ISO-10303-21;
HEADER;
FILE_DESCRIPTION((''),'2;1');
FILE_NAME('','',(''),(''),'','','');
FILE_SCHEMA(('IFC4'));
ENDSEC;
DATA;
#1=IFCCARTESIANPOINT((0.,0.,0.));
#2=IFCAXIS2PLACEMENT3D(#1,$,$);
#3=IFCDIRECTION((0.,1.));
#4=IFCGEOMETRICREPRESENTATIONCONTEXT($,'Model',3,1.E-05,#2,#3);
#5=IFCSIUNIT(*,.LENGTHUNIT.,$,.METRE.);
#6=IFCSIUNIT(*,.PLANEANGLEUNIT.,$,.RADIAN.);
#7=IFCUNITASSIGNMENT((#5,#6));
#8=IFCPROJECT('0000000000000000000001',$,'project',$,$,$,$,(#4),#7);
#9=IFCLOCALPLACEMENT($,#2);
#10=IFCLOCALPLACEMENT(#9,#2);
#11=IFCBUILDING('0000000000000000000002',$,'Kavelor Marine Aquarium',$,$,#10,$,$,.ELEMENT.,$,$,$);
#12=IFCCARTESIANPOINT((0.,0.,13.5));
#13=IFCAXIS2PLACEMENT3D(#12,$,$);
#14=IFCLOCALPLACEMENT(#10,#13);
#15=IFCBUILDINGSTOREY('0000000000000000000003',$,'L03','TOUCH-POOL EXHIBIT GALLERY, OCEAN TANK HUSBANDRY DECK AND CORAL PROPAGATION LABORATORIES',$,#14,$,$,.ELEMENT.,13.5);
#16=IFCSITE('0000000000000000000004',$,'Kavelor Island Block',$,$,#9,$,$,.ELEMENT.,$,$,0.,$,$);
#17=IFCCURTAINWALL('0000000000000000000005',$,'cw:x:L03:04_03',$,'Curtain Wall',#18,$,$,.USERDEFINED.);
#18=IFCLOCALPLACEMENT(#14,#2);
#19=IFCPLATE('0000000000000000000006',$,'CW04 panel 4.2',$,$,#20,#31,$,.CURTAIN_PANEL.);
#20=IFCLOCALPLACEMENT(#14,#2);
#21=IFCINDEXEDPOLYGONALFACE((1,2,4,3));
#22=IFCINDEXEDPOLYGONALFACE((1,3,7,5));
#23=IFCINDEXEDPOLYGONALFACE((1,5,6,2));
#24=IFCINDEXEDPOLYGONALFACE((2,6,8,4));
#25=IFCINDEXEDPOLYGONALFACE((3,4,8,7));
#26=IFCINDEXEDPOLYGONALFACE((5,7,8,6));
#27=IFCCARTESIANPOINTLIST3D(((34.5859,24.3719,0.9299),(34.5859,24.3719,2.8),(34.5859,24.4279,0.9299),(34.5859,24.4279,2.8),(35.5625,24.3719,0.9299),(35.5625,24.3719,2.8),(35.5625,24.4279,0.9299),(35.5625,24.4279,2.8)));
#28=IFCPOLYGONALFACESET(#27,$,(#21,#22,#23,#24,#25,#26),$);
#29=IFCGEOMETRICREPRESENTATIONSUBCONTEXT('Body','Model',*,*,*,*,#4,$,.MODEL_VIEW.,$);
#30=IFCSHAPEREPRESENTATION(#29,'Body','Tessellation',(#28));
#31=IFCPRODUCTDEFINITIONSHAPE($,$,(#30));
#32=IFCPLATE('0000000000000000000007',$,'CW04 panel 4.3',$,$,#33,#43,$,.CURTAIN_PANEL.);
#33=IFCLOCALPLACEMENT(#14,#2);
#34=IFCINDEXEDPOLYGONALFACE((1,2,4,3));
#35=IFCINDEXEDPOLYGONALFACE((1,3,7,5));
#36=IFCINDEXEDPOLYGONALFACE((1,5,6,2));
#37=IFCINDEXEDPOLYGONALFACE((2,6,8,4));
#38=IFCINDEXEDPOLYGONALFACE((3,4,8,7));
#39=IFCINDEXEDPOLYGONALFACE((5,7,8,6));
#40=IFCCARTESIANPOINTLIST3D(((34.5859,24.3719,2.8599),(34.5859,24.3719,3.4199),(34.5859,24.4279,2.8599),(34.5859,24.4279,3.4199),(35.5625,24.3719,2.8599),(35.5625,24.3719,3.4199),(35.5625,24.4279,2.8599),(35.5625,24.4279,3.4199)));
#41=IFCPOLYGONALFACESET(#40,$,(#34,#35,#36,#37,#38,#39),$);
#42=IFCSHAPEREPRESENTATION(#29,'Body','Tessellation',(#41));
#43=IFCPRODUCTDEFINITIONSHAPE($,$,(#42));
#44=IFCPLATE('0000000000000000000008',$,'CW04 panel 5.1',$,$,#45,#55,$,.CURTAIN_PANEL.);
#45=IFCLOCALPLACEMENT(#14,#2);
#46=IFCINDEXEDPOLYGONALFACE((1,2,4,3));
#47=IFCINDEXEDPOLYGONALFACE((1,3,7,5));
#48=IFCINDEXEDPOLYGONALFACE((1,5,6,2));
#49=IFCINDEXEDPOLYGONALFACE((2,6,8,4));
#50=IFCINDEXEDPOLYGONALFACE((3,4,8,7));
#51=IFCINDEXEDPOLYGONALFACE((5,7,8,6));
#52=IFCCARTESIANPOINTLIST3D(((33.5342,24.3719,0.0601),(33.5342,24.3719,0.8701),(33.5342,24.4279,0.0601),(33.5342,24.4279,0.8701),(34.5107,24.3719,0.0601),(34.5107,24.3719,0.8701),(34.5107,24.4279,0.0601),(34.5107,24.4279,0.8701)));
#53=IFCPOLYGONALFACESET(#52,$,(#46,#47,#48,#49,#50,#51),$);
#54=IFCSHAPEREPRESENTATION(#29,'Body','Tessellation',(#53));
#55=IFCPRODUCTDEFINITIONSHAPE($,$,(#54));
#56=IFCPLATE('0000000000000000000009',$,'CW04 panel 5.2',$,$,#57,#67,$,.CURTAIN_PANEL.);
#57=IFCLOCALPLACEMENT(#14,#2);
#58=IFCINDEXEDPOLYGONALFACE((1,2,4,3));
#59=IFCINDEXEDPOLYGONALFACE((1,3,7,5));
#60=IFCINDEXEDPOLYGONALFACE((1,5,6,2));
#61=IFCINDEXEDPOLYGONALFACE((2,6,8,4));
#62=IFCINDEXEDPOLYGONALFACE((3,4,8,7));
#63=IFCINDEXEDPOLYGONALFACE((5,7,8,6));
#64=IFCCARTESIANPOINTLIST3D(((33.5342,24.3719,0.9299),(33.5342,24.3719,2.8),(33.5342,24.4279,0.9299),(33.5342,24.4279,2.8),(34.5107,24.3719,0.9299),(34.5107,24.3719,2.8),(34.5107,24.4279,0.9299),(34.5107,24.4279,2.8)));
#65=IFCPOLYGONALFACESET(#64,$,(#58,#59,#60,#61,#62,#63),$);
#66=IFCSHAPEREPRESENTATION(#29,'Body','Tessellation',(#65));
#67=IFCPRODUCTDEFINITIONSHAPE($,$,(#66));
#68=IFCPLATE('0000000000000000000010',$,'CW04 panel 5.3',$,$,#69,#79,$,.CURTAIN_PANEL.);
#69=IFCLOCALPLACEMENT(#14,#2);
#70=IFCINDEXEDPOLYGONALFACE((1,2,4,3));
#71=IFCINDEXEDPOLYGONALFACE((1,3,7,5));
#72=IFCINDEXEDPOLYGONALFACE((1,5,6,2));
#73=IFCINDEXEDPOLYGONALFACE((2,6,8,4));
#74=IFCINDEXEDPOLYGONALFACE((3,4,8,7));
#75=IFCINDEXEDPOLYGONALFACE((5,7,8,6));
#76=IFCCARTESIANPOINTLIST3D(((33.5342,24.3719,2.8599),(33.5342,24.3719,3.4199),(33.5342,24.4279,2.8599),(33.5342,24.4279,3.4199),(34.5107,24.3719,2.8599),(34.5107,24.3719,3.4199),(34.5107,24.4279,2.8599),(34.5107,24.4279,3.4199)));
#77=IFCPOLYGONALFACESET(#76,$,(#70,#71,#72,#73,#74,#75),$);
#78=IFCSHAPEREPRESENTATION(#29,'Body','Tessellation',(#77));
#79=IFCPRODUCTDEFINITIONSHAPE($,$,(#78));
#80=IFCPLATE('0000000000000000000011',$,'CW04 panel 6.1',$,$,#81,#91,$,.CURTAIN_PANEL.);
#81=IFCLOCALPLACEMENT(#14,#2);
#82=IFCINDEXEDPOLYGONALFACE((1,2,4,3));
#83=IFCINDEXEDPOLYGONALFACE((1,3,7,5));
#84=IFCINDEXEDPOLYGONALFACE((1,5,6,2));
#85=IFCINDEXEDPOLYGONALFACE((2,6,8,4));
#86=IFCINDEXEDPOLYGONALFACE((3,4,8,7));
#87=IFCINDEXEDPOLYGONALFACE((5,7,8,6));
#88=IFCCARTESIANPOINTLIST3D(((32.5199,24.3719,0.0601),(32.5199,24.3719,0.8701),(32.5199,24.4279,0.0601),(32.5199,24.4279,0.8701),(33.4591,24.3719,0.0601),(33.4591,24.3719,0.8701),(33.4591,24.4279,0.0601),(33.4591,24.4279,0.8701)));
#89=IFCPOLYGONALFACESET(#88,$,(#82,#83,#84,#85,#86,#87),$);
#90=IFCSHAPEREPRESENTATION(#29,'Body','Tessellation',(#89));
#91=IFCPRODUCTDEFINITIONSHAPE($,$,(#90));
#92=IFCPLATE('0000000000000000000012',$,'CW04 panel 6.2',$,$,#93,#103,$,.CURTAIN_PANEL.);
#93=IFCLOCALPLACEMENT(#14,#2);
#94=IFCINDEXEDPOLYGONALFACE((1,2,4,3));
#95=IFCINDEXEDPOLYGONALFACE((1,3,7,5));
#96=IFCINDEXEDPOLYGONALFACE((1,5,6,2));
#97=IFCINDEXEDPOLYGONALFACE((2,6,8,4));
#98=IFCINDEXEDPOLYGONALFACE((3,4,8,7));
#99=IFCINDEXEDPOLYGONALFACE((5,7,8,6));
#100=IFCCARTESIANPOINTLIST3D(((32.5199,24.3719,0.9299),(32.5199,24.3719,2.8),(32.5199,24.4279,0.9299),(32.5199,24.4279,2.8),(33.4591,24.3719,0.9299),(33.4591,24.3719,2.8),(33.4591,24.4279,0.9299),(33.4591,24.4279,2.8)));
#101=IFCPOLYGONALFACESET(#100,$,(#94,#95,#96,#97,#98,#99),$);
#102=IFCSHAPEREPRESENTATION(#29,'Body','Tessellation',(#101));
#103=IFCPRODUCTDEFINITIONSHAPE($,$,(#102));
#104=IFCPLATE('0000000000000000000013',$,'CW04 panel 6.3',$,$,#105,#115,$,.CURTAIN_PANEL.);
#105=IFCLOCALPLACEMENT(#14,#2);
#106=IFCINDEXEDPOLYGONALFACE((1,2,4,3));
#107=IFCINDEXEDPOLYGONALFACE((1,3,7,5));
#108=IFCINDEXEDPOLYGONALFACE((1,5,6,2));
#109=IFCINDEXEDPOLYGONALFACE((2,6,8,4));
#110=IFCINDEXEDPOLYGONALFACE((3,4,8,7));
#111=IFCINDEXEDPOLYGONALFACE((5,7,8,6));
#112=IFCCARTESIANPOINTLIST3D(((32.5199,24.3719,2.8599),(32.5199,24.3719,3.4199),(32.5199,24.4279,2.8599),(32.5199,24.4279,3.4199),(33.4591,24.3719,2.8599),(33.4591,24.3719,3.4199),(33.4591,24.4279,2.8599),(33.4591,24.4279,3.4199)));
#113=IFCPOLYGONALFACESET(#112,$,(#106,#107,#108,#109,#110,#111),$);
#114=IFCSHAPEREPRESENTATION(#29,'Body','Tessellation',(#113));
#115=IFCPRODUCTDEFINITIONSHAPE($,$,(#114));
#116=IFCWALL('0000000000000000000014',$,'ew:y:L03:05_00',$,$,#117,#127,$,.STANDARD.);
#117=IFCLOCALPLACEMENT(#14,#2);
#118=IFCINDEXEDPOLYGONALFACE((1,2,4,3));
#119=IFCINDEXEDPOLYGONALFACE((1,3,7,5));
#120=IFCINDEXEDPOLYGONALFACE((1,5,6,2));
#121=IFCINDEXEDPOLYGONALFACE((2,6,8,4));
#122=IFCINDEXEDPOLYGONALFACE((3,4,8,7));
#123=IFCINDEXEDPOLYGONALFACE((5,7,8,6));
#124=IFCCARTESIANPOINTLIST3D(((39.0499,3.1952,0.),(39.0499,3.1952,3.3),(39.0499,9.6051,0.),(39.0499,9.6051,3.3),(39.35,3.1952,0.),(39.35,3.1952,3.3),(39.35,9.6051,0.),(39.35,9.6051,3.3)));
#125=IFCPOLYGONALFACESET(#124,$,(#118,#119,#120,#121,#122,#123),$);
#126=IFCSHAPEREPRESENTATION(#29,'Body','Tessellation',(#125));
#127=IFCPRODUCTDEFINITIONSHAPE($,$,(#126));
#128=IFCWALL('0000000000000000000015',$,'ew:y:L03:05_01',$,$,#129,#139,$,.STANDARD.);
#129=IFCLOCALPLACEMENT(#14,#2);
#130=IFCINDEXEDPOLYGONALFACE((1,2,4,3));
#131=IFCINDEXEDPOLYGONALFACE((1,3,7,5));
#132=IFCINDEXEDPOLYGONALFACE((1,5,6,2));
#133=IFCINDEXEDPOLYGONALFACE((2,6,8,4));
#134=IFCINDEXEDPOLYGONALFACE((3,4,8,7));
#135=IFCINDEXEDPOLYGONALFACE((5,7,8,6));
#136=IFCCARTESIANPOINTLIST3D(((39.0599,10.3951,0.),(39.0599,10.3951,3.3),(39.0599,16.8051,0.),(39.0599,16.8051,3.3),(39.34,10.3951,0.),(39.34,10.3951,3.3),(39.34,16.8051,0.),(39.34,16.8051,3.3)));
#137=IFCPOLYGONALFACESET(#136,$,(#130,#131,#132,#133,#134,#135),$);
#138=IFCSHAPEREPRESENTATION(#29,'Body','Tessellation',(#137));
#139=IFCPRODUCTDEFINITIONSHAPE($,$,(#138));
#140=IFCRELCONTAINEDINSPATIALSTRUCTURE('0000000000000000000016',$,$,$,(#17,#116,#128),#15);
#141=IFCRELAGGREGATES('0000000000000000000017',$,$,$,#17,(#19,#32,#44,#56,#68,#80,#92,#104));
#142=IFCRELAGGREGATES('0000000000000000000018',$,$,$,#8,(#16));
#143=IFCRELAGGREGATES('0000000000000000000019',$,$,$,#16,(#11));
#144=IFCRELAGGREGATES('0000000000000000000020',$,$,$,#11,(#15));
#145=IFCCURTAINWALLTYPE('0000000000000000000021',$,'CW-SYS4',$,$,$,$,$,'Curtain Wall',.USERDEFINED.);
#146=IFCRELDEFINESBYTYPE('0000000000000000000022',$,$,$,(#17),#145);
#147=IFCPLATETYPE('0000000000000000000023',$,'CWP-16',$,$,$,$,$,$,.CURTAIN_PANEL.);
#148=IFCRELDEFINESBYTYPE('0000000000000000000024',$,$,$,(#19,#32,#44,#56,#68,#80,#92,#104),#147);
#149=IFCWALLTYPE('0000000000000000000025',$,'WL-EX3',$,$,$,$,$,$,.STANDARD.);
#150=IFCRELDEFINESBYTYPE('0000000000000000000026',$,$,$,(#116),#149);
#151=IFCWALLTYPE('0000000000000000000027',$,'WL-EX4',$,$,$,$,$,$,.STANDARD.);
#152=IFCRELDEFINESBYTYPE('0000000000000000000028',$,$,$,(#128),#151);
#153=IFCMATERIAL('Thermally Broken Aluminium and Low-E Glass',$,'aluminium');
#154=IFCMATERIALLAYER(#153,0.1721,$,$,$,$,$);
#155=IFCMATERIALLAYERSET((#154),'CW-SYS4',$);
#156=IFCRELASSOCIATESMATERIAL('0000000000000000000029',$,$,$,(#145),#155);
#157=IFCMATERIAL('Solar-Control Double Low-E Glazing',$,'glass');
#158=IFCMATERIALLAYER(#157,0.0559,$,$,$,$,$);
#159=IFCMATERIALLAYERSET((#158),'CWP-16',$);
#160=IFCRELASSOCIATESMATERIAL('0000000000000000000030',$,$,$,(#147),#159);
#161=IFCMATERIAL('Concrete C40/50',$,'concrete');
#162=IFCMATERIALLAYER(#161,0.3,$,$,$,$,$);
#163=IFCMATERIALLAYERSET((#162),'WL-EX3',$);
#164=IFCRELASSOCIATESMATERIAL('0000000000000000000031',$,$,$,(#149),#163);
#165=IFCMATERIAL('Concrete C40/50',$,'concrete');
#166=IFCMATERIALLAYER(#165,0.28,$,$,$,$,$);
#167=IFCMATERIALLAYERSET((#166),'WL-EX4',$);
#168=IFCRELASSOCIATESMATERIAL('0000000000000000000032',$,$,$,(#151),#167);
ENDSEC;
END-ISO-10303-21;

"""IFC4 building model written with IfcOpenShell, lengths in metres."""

from ifc_helpers import new_model, si_unit, direction, frame, frame_2d, origin, origin_2d, place, context, subcontext, project, spatial, rectangle, extrude, material, layer, layer_set, type_object, element, aggregate, save


model = new_model("IFC4")

# Units and contexts
model_context = context("Model", 3, precision=1e-05, world=origin(), true_north=direction((0.0, 1.0)))
body_context = subcontext(model_context, "Body", "Model", "MODEL_VIEW")
ifc_project = project(units=[si_unit("LENGTHUNIT", "METRE"), si_unit("PLANEANGLEUNIT", "RADIAN")], contexts=[model_context])

# Site, building, storey
site_placement = place(None, origin())
site = spatial("IfcSite", under=ifc_project, at=site_placement, Name="Kavelor Island Block", CompositionType="ELEMENT", RefElevation=0.0)
building_placement = place(site_placement, origin())
building = spatial("IfcBuilding", under=site, at=building_placement, Name="Kavelor Marine Aquarium", CompositionType="ELEMENT")
storey_placement = place(building_placement, frame((0.0, 0.0, 13.5)))
storey = spatial("IfcBuildingStorey", under=building, at=storey_placement, Name="L03", Description="TOUCH-POOL EXHIBIT GALLERY, OCEAN TANK HUSBANDRY DECK AND CORAL PROPAGATION LABORATORIES", CompositionType="ELEMENT", Elevation=13.5)

# Curtain wall
ifc_material_1 = material(Name="Thermally Broken Aluminium and Low-E Glass", Category="aluminium")
ifc_layer_1 = layer(ifc_material_1, 0.1721)
ifc_layer_set_1 = layer_set([ifc_layer_1], Name="CW-SYS4")
curtain_wall_type_1 = type_object("IfcCurtainWallType", Name="CW-SYS4", ElementType="Curtain Wall", PredefinedType="USERDEFINED", material=ifc_layer_set_1)
curtain_wall_1_placement = place(storey_placement, origin())
curtain_wall_1 = element("IfcCurtainWall", 1, at=curtain_wall_1_placement, inside=storey, type_object=curtain_wall_type_1, Name="cw:x:L03:04_03", ObjectType="Curtain Wall", PredefinedType="USERDEFINED")

# Plates
ifc_material_2 = material(Name="Solar-Control Double Low-E Glazing", Category="glass")
ifc_layer_2 = layer(ifc_material_2, 0.0559)
ifc_layer_set_2 = layer_set([ifc_layer_2], Name="CWP-16")
plate_type_1 = type_object("IfcPlateType", Name="CWP-16", PredefinedType="CURTAIN_PANEL", material=ifc_layer_set_2)
plate_1_placement = place(storey_placement, frame((35.0742, 24.3999, 0.9299), z_axis=(0.0, 0.0, 1.0), x_axis=(-1.0, 0.0, 0.0)))
plate_1 = element("IfcPlate", 2, at=plate_1_placement, type_object=plate_type_1, Name="CW04 panel 4.2", PredefinedType="CURTAIN_PANEL", context=body_context, shape_type="SweptSolid", body=[
    extrude(rectangle(XDim=0.9766, YDim=0.0559, at=origin_2d()), origin(), (0.0, 0.0, 1.0), 1.8701),
])
plate_2_placement = place(storey_placement, frame((35.0742, 24.3999, 2.8599), z_axis=(0.0, 0.0, 1.0), x_axis=(-1.0, 0.0, 0.0)))
plate_2 = element("IfcPlate", 3, at=plate_2_placement, type_object=plate_type_1, Name="CW04 panel 4.3", PredefinedType="CURTAIN_PANEL", context=body_context, shape_type="SweptSolid", body=[
    extrude(rectangle(XDim=0.9766, YDim=0.0559, at=origin_2d()), origin(), (0.0, 0.0, 1.0), 0.5601),
])
plate_3_placement = place(storey_placement, frame((34.0225, 24.3999, 0.0601), z_axis=(0.0, 0.0, 1.0), x_axis=(-1.0, 0.0, 0.0)))
plate_3 = element("IfcPlate", 4, at=plate_3_placement, type_object=plate_type_1, Name="CW04 panel 5.1", PredefinedType="CURTAIN_PANEL", context=body_context, shape_type="SweptSolid", body=[
    extrude(rectangle(XDim=0.9766, YDim=0.0559, at=origin_2d()), origin(), (0.0, 0.0, 1.0), 0.8101),
])
plate_4_placement = place(storey_placement, frame((34.0225, 24.3999, 0.9299), z_axis=(0.0, 0.0, 1.0), x_axis=(-1.0, 0.0, 0.0)))
plate_4 = element("IfcPlate", 5, at=plate_4_placement, type_object=plate_type_1, Name="CW04 panel 5.2", PredefinedType="CURTAIN_PANEL", context=body_context, shape_type="SweptSolid", body=[
    extrude(rectangle(XDim=0.9766, YDim=0.0559, at=origin_2d()), origin(), (0.0, 0.0, 1.0), 1.8701),
])
plate_5_placement = place(storey_placement, frame((34.0225, 24.3999, 2.8599), z_axis=(0.0, 0.0, 1.0), x_axis=(-1.0, 0.0, 0.0)))
plate_5 = element("IfcPlate", 6, at=plate_5_placement, type_object=plate_type_1, Name="CW04 panel 5.3", PredefinedType="CURTAIN_PANEL", context=body_context, shape_type="SweptSolid", body=[
    extrude(rectangle(XDim=0.9766, YDim=0.0559, at=origin_2d()), origin(), (0.0, 0.0, 1.0), 0.5601),
])
plate_6_placement = place(storey_placement, frame((32.9895, 24.3999, 0.0601), z_axis=(0.0, 0.0, 1.0), x_axis=(-1.0, 0.0, 0.0)))
plate_6 = element("IfcPlate", 7, at=plate_6_placement, type_object=plate_type_1, Name="CW04 panel 6.1", PredefinedType="CURTAIN_PANEL", context=body_context, shape_type="SweptSolid", body=[
    extrude(rectangle(XDim=0.9392, YDim=0.0559, at=origin_2d()), origin(), (0.0, 0.0, 1.0), 0.8101),
])
plate_7_placement = place(storey_placement, frame((32.9895, 24.3999, 0.9299), z_axis=(0.0, 0.0, 1.0), x_axis=(-1.0, 0.0, 0.0)))
plate_7 = element("IfcPlate", 8, at=plate_7_placement, type_object=plate_type_1, Name="CW04 panel 6.2", PredefinedType="CURTAIN_PANEL", context=body_context, shape_type="SweptSolid", body=[
    extrude(rectangle(XDim=0.9392, YDim=0.0559, at=origin_2d()), origin(), (0.0, 0.0, 1.0), 1.8701),
])
plate_8_placement = place(storey_placement, frame((32.9895, 24.3999, 2.8599), z_axis=(0.0, 0.0, 1.0), x_axis=(-1.0, 0.0, 0.0)))
plate_8 = element("IfcPlate", 9, at=plate_8_placement, type_object=plate_type_1, Name="CW04 panel 6.3", PredefinedType="CURTAIN_PANEL", context=body_context, shape_type="SweptSolid", body=[
    extrude(rectangle(XDim=0.9392, YDim=0.0559, at=origin_2d()), origin(), (0.0, 0.0, 1.0), 0.5601),
])
aggregate(curtain_wall_1, [plate_1, plate_2, plate_3, plate_4, plate_5, plate_6, plate_7, plate_8])

# Walls
ifc_material_3 = material(Name="Concrete C40/50", Category="concrete")
ifc_layer_3 = layer(ifc_material_3, 0.3)
ifc_layer_set_3 = layer_set([ifc_layer_3], Name="WL-EX3")
wall_type_1 = type_object("IfcWallType", Name="WL-EX3", PredefinedType="STANDARD", material=ifc_layer_set_3)
wall_1_placement = place(storey_placement, frame((39.2, 3.1951, 0.0), z_axis=(0.0, 0.0, 1.0), x_axis=(0.0, 1.0, 0.0)))
element("IfcWall", 10, at=wall_1_placement, inside=storey, type_object=wall_type_1, Name="ew:y:L03:05_00", PredefinedType="STANDARD", context=body_context, shape_type="SweptSolid", body=[
    extrude(rectangle(XDim=6.4099, YDim=0.3, at=frame_2d((3.2051, 0.0))), origin(), (0.0, 0.0, 1.0), 3.3),
])
ifc_material_4 = material(Name="Concrete C40/50", Category="concrete")
ifc_layer_4 = layer(ifc_material_4, 0.28)
ifc_layer_set_4 = layer_set([ifc_layer_4], Name="WL-EX4")
wall_type_2 = type_object("IfcWallType", Name="WL-EX4", PredefinedType="STANDARD", material=ifc_layer_set_4)
wall_2_placement = place(storey_placement, frame((39.2, 10.395, 0.0), z_axis=(0.0, 0.0, 1.0), x_axis=(0.0, 1.0, 0.0)))
element("IfcWall", 11, at=wall_2_placement, inside=storey, type_object=wall_type_2, Name="ew:y:L03:05_01", PredefinedType="STANDARD", context=body_context, shape_type="SweptSolid", body=[
    extrude(rectangle(XDim=6.4099, YDim=0.28, at=frame_2d((3.2051, 0.0))), origin(), (0.0, 0.0, 1.0), 3.3),
])

save(model, "model.ifc")
